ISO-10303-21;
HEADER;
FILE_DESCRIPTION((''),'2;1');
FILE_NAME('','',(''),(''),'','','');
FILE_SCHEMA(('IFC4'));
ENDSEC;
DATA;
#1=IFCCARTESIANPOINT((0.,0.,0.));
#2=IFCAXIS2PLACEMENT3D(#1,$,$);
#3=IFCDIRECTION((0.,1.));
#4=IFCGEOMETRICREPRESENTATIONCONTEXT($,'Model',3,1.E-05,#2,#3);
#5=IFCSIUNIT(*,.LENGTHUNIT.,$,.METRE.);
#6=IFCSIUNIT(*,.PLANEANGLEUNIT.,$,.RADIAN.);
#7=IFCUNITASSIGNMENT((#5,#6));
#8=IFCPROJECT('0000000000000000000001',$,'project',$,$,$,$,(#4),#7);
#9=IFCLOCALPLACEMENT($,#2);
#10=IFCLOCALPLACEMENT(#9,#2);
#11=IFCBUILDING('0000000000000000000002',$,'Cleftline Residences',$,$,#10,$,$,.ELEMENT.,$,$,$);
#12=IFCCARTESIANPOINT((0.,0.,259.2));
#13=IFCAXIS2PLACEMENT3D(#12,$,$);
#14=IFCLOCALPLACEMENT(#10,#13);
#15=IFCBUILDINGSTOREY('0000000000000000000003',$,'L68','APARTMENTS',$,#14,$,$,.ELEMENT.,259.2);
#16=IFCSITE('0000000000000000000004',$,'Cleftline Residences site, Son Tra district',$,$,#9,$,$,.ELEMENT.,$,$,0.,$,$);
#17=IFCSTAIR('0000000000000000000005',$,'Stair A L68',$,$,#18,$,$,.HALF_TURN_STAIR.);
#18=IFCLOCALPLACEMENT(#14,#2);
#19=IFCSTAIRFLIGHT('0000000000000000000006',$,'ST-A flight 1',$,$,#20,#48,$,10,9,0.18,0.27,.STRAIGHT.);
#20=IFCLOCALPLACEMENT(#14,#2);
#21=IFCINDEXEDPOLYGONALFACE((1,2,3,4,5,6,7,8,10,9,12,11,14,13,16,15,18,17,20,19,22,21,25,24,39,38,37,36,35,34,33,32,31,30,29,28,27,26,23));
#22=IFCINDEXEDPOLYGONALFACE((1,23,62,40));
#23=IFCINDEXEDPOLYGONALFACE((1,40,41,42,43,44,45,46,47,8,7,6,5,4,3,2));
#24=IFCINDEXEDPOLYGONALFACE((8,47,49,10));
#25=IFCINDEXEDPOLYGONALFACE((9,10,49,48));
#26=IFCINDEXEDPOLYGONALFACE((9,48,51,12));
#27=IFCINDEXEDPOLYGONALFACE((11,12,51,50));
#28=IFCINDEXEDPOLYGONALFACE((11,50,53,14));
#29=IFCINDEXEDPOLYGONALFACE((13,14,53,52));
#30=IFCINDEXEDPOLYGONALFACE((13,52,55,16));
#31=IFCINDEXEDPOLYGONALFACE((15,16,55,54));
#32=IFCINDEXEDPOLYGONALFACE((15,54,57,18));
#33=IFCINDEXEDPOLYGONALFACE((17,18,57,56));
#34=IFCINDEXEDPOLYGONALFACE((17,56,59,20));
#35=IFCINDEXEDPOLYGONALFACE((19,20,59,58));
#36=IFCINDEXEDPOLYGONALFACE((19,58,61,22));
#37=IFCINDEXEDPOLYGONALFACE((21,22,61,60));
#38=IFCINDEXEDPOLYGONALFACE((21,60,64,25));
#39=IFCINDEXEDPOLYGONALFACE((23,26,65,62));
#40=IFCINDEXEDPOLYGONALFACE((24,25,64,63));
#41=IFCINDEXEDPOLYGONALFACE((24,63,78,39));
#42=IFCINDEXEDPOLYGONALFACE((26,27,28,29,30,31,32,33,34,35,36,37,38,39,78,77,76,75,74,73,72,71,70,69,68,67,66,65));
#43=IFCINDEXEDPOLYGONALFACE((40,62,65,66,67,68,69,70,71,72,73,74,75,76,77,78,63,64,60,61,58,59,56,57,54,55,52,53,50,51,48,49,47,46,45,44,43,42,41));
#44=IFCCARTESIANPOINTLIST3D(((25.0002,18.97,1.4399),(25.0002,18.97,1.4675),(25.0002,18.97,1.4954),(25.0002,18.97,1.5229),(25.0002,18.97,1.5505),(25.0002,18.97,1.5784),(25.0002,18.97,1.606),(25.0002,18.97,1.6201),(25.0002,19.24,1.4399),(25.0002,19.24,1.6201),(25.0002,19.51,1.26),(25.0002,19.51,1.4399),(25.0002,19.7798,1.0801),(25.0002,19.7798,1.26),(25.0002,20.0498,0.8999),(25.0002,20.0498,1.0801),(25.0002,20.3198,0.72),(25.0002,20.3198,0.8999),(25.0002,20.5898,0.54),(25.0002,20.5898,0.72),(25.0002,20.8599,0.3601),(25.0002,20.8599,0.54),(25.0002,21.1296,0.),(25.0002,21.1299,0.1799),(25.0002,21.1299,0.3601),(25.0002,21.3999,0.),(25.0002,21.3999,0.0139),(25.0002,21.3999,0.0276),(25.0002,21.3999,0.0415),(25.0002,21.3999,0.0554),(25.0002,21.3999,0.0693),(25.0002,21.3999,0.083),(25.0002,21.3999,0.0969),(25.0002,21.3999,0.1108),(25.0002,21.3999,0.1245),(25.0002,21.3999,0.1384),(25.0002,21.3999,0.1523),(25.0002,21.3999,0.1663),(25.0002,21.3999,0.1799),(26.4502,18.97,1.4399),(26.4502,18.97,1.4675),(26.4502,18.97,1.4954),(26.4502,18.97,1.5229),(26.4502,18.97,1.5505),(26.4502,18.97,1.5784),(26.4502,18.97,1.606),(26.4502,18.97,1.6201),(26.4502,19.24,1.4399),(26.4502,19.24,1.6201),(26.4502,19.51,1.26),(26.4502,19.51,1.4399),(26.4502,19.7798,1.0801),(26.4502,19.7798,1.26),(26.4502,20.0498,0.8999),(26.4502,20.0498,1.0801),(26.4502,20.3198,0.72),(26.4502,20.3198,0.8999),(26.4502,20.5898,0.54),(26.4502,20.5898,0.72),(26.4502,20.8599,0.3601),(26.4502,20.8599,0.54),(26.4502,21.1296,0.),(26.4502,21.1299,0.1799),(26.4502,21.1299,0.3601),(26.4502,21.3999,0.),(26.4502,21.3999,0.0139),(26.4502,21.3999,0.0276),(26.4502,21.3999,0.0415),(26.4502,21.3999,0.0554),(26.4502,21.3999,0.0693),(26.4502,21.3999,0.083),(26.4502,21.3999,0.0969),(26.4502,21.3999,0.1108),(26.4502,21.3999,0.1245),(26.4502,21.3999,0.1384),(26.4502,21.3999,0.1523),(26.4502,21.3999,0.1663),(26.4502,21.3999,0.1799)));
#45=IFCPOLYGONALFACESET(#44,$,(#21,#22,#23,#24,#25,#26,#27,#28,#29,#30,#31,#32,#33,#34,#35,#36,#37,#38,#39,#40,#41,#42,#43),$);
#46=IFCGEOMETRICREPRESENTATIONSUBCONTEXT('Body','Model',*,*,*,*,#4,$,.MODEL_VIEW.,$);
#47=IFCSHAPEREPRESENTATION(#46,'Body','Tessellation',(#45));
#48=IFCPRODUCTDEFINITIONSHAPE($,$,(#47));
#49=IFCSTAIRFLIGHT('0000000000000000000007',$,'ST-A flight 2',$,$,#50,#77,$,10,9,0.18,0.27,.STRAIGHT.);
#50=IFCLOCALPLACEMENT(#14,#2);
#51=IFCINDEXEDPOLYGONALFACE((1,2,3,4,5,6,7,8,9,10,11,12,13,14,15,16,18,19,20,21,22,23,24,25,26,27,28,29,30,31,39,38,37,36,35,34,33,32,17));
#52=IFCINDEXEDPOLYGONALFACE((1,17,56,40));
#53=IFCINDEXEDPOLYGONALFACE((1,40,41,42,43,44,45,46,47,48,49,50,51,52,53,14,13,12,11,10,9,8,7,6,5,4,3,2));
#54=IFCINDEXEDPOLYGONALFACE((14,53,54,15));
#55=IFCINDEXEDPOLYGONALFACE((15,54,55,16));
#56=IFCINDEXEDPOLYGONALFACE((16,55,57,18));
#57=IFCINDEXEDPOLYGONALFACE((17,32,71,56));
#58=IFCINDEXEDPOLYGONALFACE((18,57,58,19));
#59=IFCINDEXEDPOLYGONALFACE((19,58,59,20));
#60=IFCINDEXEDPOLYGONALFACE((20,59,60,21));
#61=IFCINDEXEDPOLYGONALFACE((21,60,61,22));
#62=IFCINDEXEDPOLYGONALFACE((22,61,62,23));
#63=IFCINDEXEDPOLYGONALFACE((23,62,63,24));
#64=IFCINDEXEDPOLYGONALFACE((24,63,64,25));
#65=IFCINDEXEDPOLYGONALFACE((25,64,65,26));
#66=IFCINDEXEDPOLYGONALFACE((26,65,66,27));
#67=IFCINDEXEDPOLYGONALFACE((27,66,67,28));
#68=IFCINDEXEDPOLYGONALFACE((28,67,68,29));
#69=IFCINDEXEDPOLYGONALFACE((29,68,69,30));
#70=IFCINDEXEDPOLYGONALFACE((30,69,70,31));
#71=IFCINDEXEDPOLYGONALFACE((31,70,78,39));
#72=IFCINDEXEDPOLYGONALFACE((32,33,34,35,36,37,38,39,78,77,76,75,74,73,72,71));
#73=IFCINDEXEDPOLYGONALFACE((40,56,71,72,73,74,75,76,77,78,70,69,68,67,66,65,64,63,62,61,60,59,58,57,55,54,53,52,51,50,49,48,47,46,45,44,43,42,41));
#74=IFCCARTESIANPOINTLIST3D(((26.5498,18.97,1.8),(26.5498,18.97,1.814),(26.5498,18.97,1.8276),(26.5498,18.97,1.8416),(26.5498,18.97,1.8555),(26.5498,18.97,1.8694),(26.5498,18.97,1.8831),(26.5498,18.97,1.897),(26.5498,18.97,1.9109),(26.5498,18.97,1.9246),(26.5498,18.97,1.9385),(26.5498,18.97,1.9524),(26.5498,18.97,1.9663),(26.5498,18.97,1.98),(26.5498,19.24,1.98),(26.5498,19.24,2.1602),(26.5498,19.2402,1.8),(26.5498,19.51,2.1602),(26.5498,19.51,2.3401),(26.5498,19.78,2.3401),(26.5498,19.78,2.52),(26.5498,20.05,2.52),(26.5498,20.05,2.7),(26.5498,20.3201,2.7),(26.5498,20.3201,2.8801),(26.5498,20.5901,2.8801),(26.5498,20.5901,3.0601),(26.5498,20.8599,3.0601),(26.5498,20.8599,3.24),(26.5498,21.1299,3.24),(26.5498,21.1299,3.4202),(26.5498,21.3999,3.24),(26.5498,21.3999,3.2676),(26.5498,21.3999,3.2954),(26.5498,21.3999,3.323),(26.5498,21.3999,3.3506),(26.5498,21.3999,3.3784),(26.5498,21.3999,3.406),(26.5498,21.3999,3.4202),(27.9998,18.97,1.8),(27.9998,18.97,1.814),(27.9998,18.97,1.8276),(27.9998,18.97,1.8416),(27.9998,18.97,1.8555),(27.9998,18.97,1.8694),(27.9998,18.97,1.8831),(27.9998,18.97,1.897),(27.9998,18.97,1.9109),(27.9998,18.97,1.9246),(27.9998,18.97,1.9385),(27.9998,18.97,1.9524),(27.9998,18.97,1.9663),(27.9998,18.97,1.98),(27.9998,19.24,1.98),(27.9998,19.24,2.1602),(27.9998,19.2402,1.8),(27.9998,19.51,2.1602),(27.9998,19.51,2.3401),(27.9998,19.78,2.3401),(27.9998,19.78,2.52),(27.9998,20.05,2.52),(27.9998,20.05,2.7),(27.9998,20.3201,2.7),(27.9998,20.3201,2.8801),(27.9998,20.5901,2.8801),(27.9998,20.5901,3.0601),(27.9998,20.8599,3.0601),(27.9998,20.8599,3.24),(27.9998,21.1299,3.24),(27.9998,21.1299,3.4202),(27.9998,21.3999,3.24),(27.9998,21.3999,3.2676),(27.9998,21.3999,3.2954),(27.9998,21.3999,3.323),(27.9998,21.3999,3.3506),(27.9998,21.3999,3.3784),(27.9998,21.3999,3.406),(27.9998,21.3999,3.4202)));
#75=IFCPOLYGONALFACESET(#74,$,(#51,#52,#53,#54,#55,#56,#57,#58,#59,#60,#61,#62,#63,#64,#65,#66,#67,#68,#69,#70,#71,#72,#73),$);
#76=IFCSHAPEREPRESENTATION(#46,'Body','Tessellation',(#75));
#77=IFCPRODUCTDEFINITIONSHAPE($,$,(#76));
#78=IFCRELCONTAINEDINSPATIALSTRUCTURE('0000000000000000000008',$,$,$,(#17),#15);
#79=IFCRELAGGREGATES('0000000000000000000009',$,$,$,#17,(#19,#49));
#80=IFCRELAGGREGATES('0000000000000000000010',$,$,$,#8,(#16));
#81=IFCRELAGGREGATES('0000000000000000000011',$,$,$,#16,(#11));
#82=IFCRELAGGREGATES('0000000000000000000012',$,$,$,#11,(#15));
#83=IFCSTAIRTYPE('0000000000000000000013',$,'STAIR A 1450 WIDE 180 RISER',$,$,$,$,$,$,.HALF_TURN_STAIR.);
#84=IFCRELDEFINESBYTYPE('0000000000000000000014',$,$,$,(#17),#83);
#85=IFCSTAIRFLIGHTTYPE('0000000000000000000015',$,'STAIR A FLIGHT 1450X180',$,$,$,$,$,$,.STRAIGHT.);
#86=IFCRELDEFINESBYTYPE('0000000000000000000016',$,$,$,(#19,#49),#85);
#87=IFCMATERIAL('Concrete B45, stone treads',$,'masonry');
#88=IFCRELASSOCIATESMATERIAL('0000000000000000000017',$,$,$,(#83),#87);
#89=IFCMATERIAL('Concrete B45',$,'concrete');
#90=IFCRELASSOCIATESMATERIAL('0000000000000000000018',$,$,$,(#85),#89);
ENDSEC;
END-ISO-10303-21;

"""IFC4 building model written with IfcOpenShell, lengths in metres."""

from ifc_helpers import new_model, si_unit, direction, frame, origin, place, context, subcontext, project, spatial, polyline, outline, extrude, material, type_object, element, aggregate, save


model = new_model("IFC4")

# Units and contexts
model_context = context("Model", 3, precision=1e-05, world=origin(), true_north=direction((0.0, 1.0)))
body_context = subcontext(model_context, "Body", "Model", "MODEL_VIEW")
ifc_project = project(units=[si_unit("LENGTHUNIT", "METRE"), si_unit("PLANEANGLEUNIT", "RADIAN")], contexts=[model_context])

# Site, building, storey
site_placement = place(None, origin())
site = spatial("IfcSite", under=ifc_project, at=site_placement, Name="Cleftline Residences site, Son Tra district", CompositionType="ELEMENT", RefElevation=0.0)
building_placement = place(site_placement, origin())
building = spatial("IfcBuilding", under=site, at=building_placement, Name="Cleftline Residences", CompositionType="ELEMENT")
storey_placement = place(building_placement, frame((0.0, 0.0, 259.2)))
storey = spatial("IfcBuildingStorey", under=building, at=storey_placement, Name="L68", Description="APARTMENTS", CompositionType="ELEMENT", Elevation=259.2)

# Stair, stair flights
ifc_material_1 = material(Name="Concrete B45, stone treads", Category="masonry")
stair_type = type_object("IfcStairType", Name="STAIR A 1450 WIDE 180 RISER", PredefinedType="HALF_TURN_STAIR", material=ifc_material_1)
stair_placement = place(storey_placement, origin())
stair = element("IfcStair", 1, at=stair_placement, inside=storey, type_object=stair_type, Name="Stair A L68", PredefinedType="HALF_TURN_STAIR")
ifc_material_2 = material(Name="Concrete B45", Category="concrete")
stair_flight_type = type_object("IfcStairFlightType", Name="STAIR A FLIGHT 1450X180", PredefinedType="STRAIGHT", material=ifc_material_2)
stair_flight_1_placement = place(storey_placement, frame((25.7251, 21.3999, 0.0), z_axis=(0.0, 0.0, 1.0), x_axis=(0.0, -1.0, 0.0)))
stair_flight_1 = element("IfcStairFlight", 2, at=stair_flight_1_placement, type_object=stair_flight_type, Name="ST-A flight 1", NumberOfRisers=10, NumberOfTreads=9, PredefinedType="STRAIGHT", RiserHeight=0.18, TreadLength=0.27, context=body_context, shape_type="SweptSolid", body=[
    extrude(outline(polyline([(0.0, 0.0), (0.0, 0.0139), (0.0, 0.0276), (0.0, 0.0415), (0.0, 0.0554), (0.0, 0.0693), (0.0, 0.083), (0.0, 0.0969), (0.0, 0.1108), (0.0, 0.1245), (0.0, 0.1384), (0.0, 0.1523), (0.0, 0.1663), (0.0, 0.1799), (0.27, 0.1799), (0.27, 0.3601), (0.54, 0.3601), (0.54, 0.54), (0.8101, 0.54), (0.8101, 0.72), (1.0801, 0.72), (1.0801, 0.8999), (1.3501, 0.8999), (1.3501, 1.0801), (1.6201, 1.0801), (1.6201, 1.26), (1.8899, 1.26), (1.8899, 1.4399), (2.1599, 1.4399), (2.1599, 1.6201), (2.4299, 1.6201), (2.4299, 1.8), (2.4299, 1.7722), (2.4299, 1.7446), (2.4299, 1.7168), (2.4299, 1.6892), (2.4299, 1.6614), (2.4299, 1.6338), (2.4299, 1.606), (2.4299, 1.5784), (2.4299, 1.5505), (2.4299, 1.5229), (2.4299, 1.4954), (2.4299, 1.4675), (2.4299, 1.4399), (0.2703, 0.0), (0.0, 0.0)])), frame((0.0, 0.7251, 0.0), z_axis=(0.0, -1.0, 0.0), x_axis=(1.0, 0.0, 0.0)), (0.0, 0.0, 1.0), 1.45),
])
stair_flight_2_placement = place(storey_placement, frame((27.2749, 18.97, 1.8), z_axis=(0.0, 0.0, 1.0), x_axis=(0.0, 1.0, 0.0)))
stair_flight_2 = element("IfcStairFlight", 3, at=stair_flight_2_placement, type_object=stair_flight_type, Name="ST-A flight 2", NumberOfRisers=10, NumberOfTreads=9, PredefinedType="STRAIGHT", RiserHeight=0.18, TreadLength=0.27, context=body_context, shape_type="SweptSolid", body=[
    extrude(outline(polyline([(0.0, 0.0), (0.0, 0.0139), (0.0, 0.0276), (0.0, 0.0415), (0.0, 0.0554), (0.0, 0.0693), (0.0, 0.083), (0.0, 0.0969), (0.0, 0.1108), (0.0, 0.1245), (0.0, 0.1384), (0.0, 0.1523), (0.0, 0.1663), (0.0, 0.1799), (0.27, 0.1799), (0.27, 0.3601), (0.54, 0.3601), (0.54, 0.54), (0.8101, 0.54), (0.8101, 0.72), (1.0801, 0.72), (1.0801, 0.8999), (1.3501, 0.8999), (1.3501, 1.0801), (1.6201, 1.0801), (1.6201, 1.26), (1.8899, 1.26), (1.8899, 1.4399), (2.1599, 1.4399), (2.1599, 1.6201), (2.4299, 1.6201), (2.4299, 1.8), (2.4299, 1.7722), (2.4299, 1.7446), (2.4299, 1.7168), (2.4299, 1.6892), (2.4299, 1.6614), (2.4299, 1.6338), (2.4299, 1.606), (2.4299, 1.5784), (2.4299, 1.5505), (2.4299, 1.5229), (2.4299, 1.4954), (2.4299, 1.4675), (2.4299, 1.4399), (0.2703, 0.0), (0.0, 0.0)])), frame((0.0, 0.7251, 0.0), z_axis=(0.0, -1.0, 0.0), x_axis=(1.0, 0.0, 0.0)), (0.0, 0.0, 1.0), 1.45),
])
aggregate(stair, [stair_flight_1, stair_flight_2])

save(model, "model.ifc")
